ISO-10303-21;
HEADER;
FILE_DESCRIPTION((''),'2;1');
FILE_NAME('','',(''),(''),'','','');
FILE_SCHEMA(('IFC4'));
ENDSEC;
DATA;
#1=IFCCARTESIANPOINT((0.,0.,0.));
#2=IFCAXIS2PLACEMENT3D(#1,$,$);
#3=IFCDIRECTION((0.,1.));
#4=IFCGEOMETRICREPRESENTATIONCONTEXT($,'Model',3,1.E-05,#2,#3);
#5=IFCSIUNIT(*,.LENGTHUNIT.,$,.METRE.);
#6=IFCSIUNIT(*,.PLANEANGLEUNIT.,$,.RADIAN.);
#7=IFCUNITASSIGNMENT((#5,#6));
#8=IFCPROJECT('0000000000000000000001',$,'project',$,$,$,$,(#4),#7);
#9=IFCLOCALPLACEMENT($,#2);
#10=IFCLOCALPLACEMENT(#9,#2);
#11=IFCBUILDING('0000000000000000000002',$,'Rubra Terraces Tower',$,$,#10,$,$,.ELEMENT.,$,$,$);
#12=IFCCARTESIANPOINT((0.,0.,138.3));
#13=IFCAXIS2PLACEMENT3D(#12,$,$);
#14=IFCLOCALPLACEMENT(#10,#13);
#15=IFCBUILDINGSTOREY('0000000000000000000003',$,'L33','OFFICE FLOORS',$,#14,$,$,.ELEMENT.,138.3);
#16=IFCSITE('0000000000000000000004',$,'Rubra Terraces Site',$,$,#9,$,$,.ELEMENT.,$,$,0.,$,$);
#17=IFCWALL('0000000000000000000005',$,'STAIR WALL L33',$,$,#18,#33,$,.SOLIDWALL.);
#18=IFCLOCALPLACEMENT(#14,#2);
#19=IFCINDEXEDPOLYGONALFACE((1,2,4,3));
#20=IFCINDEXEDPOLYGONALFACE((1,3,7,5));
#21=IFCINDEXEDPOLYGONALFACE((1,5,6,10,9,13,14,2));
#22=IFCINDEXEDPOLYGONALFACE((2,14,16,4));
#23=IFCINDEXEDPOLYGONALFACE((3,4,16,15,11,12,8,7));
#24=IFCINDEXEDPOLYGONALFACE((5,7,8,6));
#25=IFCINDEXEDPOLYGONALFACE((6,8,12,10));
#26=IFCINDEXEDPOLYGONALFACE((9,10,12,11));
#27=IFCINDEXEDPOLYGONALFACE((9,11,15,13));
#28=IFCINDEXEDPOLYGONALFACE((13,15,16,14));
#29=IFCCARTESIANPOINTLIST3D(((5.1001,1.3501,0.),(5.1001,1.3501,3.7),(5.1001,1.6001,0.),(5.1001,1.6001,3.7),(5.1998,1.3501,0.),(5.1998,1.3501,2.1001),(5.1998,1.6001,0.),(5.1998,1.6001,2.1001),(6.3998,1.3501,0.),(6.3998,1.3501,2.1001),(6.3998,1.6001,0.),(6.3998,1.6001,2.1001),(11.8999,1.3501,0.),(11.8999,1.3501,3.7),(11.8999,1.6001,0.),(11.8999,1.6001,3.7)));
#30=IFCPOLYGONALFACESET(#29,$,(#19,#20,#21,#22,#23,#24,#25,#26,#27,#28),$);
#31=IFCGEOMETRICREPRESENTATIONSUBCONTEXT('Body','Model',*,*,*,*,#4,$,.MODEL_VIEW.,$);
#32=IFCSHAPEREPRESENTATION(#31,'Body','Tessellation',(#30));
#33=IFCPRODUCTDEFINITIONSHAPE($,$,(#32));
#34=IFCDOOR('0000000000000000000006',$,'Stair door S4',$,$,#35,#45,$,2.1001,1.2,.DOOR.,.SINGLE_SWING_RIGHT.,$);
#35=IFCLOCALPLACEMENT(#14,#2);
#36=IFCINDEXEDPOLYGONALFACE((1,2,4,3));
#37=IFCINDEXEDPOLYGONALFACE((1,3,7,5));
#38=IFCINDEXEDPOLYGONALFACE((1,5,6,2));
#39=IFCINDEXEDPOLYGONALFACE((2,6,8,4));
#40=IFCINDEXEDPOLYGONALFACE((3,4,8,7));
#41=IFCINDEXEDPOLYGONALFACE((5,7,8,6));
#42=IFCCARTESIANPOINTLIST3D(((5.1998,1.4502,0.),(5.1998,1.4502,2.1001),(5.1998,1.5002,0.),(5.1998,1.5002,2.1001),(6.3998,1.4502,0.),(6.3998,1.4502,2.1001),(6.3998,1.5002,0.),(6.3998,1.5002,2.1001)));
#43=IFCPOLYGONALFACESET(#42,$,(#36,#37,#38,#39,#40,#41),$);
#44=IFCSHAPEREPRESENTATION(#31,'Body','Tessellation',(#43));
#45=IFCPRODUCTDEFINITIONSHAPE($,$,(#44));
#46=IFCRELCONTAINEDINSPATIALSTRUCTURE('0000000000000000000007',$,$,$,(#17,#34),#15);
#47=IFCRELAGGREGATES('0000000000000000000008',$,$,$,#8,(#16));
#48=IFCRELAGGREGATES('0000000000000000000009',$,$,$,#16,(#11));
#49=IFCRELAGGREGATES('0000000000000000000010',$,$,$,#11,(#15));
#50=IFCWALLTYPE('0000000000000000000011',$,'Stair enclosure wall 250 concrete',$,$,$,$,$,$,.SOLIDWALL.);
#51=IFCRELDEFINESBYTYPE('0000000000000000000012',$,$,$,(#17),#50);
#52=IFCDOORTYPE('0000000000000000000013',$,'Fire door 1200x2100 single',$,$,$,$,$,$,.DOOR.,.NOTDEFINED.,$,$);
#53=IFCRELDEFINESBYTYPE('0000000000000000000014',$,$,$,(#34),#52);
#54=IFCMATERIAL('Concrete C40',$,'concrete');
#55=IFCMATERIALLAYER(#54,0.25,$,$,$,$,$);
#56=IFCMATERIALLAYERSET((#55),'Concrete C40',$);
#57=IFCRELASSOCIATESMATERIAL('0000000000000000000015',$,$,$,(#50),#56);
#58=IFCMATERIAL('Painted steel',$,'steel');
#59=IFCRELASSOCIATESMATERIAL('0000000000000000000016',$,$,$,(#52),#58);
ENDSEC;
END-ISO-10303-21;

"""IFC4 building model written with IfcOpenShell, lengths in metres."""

from ifc_helpers import new_model, si_unit, direction, frame, frame_2d, origin, place, context, subcontext, project, spatial, rectangle, extrude, material, layer, layer_set, type_object, element, fill, save


model = new_model("IFC4")

# Units and contexts
model_context = context("Model", 3, precision=1e-05, world=origin(), true_north=direction((0.0, 1.0)))
body_context = subcontext(model_context, "Body", "Model", "MODEL_VIEW")
ifc_project = project(units=[si_unit("LENGTHUNIT", "METRE"), si_unit("PLANEANGLEUNIT", "RADIAN")], contexts=[model_context])

# Site, building, storey
site_placement = place(None, origin())
site = spatial("IfcSite", under=ifc_project, at=site_placement, Name="Rubra Terraces Site", CompositionType="ELEMENT", RefElevation=0.0)
building_placement = place(site_placement, origin())
building = spatial("IfcBuilding", under=site, at=building_placement, Name="Rubra Terraces Tower", CompositionType="ELEMENT")
storey_placement = place(building_placement, frame((0.0, 0.0, 138.3)))
storey = spatial("IfcBuildingStorey", under=building, at=storey_placement, Name="L33", Description="OFFICE FLOORS", CompositionType="ELEMENT", Elevation=138.3)

# Shared definitions
ifc_material_1 = material(Name="Painted steel", Category="steel")

# Wall, opening, door
ifc_material_2 = material(Name="Concrete C40", Category="concrete")
ifc_layer_1 = layer(ifc_material_2, 0.25)
ifc_layer_set_1 = layer_set([ifc_layer_1], Name="Concrete C40")
wall_type_1 = type_object("IfcWallType", Name="Stair enclosure wall 250 concrete", PredefinedType="SOLIDWALL", material=ifc_layer_set_1)
wall_1_placement = place(storey_placement, frame((11.8999, 1.4751, 0.0), z_axis=(0.0, 0.0, 1.0), x_axis=(-1.0, 0.0, 0.0)))
wall_1 = element("IfcWall", 1, at=wall_1_placement, inside=storey, type_object=wall_type_1, Name="STAIR WALL L33", PredefinedType="SOLIDWALL", context=body_context, shape_type="SweptSolid", body=[
    extrude(rectangle(XDim=6.7998, YDim=0.25, at=frame_2d((3.3999, 0.0))), origin(), (0.0, 0.0, 1.0), 3.7),
])
opening_1_placement = place(wall_1_placement, frame((5.5, 0.0, 0.0)))
opening_1 = element("IfcOpeningElement", 2, at=opening_1_placement, cuts=wall_1, PredefinedType="OPENING", context=body_context, shape_type="SweptSolid", body=[
    extrude(rectangle(XDim=1.2, YDim=2.1001, at=frame_2d((0.6001, 1.05))), frame((0.0, 0.135, 0.0), z_axis=(0.0, -1.0, 0.0), x_axis=(1.0, 0.0, 0.0)), (0.0, 0.0, 1.0), 0.27),
])
door_type_1 = type_object("IfcDoorType", Name="Fire door 1200x2100 single", OperationType="NOTDEFINED", PredefinedType="DOOR", material=ifc_material_1)
door_1_placement = place(opening_1_placement, origin())
door_1 = element("IfcDoor", 3, at=door_1_placement, inside=storey, type_object=door_type_1, Name="Stair door S4", OperationType="SINGLE_SWING_RIGHT", OverallHeight=2.1001, OverallWidth=1.2, PredefinedType="DOOR", context=body_context, shape_type="SweptSolid", body=[
    extrude(rectangle(XDim=1.2, YDim=2.1001, at=frame_2d((0.6001, 1.05))), frame((0.0, 0.0249, 0.0), z_axis=(0.0, -1.0, 0.0), x_axis=(1.0, 0.0, 0.0)), (0.0, 0.0, 1.0), 0.05),
])
fill(opening_1, door_1)

save(model, "model.ifc")
